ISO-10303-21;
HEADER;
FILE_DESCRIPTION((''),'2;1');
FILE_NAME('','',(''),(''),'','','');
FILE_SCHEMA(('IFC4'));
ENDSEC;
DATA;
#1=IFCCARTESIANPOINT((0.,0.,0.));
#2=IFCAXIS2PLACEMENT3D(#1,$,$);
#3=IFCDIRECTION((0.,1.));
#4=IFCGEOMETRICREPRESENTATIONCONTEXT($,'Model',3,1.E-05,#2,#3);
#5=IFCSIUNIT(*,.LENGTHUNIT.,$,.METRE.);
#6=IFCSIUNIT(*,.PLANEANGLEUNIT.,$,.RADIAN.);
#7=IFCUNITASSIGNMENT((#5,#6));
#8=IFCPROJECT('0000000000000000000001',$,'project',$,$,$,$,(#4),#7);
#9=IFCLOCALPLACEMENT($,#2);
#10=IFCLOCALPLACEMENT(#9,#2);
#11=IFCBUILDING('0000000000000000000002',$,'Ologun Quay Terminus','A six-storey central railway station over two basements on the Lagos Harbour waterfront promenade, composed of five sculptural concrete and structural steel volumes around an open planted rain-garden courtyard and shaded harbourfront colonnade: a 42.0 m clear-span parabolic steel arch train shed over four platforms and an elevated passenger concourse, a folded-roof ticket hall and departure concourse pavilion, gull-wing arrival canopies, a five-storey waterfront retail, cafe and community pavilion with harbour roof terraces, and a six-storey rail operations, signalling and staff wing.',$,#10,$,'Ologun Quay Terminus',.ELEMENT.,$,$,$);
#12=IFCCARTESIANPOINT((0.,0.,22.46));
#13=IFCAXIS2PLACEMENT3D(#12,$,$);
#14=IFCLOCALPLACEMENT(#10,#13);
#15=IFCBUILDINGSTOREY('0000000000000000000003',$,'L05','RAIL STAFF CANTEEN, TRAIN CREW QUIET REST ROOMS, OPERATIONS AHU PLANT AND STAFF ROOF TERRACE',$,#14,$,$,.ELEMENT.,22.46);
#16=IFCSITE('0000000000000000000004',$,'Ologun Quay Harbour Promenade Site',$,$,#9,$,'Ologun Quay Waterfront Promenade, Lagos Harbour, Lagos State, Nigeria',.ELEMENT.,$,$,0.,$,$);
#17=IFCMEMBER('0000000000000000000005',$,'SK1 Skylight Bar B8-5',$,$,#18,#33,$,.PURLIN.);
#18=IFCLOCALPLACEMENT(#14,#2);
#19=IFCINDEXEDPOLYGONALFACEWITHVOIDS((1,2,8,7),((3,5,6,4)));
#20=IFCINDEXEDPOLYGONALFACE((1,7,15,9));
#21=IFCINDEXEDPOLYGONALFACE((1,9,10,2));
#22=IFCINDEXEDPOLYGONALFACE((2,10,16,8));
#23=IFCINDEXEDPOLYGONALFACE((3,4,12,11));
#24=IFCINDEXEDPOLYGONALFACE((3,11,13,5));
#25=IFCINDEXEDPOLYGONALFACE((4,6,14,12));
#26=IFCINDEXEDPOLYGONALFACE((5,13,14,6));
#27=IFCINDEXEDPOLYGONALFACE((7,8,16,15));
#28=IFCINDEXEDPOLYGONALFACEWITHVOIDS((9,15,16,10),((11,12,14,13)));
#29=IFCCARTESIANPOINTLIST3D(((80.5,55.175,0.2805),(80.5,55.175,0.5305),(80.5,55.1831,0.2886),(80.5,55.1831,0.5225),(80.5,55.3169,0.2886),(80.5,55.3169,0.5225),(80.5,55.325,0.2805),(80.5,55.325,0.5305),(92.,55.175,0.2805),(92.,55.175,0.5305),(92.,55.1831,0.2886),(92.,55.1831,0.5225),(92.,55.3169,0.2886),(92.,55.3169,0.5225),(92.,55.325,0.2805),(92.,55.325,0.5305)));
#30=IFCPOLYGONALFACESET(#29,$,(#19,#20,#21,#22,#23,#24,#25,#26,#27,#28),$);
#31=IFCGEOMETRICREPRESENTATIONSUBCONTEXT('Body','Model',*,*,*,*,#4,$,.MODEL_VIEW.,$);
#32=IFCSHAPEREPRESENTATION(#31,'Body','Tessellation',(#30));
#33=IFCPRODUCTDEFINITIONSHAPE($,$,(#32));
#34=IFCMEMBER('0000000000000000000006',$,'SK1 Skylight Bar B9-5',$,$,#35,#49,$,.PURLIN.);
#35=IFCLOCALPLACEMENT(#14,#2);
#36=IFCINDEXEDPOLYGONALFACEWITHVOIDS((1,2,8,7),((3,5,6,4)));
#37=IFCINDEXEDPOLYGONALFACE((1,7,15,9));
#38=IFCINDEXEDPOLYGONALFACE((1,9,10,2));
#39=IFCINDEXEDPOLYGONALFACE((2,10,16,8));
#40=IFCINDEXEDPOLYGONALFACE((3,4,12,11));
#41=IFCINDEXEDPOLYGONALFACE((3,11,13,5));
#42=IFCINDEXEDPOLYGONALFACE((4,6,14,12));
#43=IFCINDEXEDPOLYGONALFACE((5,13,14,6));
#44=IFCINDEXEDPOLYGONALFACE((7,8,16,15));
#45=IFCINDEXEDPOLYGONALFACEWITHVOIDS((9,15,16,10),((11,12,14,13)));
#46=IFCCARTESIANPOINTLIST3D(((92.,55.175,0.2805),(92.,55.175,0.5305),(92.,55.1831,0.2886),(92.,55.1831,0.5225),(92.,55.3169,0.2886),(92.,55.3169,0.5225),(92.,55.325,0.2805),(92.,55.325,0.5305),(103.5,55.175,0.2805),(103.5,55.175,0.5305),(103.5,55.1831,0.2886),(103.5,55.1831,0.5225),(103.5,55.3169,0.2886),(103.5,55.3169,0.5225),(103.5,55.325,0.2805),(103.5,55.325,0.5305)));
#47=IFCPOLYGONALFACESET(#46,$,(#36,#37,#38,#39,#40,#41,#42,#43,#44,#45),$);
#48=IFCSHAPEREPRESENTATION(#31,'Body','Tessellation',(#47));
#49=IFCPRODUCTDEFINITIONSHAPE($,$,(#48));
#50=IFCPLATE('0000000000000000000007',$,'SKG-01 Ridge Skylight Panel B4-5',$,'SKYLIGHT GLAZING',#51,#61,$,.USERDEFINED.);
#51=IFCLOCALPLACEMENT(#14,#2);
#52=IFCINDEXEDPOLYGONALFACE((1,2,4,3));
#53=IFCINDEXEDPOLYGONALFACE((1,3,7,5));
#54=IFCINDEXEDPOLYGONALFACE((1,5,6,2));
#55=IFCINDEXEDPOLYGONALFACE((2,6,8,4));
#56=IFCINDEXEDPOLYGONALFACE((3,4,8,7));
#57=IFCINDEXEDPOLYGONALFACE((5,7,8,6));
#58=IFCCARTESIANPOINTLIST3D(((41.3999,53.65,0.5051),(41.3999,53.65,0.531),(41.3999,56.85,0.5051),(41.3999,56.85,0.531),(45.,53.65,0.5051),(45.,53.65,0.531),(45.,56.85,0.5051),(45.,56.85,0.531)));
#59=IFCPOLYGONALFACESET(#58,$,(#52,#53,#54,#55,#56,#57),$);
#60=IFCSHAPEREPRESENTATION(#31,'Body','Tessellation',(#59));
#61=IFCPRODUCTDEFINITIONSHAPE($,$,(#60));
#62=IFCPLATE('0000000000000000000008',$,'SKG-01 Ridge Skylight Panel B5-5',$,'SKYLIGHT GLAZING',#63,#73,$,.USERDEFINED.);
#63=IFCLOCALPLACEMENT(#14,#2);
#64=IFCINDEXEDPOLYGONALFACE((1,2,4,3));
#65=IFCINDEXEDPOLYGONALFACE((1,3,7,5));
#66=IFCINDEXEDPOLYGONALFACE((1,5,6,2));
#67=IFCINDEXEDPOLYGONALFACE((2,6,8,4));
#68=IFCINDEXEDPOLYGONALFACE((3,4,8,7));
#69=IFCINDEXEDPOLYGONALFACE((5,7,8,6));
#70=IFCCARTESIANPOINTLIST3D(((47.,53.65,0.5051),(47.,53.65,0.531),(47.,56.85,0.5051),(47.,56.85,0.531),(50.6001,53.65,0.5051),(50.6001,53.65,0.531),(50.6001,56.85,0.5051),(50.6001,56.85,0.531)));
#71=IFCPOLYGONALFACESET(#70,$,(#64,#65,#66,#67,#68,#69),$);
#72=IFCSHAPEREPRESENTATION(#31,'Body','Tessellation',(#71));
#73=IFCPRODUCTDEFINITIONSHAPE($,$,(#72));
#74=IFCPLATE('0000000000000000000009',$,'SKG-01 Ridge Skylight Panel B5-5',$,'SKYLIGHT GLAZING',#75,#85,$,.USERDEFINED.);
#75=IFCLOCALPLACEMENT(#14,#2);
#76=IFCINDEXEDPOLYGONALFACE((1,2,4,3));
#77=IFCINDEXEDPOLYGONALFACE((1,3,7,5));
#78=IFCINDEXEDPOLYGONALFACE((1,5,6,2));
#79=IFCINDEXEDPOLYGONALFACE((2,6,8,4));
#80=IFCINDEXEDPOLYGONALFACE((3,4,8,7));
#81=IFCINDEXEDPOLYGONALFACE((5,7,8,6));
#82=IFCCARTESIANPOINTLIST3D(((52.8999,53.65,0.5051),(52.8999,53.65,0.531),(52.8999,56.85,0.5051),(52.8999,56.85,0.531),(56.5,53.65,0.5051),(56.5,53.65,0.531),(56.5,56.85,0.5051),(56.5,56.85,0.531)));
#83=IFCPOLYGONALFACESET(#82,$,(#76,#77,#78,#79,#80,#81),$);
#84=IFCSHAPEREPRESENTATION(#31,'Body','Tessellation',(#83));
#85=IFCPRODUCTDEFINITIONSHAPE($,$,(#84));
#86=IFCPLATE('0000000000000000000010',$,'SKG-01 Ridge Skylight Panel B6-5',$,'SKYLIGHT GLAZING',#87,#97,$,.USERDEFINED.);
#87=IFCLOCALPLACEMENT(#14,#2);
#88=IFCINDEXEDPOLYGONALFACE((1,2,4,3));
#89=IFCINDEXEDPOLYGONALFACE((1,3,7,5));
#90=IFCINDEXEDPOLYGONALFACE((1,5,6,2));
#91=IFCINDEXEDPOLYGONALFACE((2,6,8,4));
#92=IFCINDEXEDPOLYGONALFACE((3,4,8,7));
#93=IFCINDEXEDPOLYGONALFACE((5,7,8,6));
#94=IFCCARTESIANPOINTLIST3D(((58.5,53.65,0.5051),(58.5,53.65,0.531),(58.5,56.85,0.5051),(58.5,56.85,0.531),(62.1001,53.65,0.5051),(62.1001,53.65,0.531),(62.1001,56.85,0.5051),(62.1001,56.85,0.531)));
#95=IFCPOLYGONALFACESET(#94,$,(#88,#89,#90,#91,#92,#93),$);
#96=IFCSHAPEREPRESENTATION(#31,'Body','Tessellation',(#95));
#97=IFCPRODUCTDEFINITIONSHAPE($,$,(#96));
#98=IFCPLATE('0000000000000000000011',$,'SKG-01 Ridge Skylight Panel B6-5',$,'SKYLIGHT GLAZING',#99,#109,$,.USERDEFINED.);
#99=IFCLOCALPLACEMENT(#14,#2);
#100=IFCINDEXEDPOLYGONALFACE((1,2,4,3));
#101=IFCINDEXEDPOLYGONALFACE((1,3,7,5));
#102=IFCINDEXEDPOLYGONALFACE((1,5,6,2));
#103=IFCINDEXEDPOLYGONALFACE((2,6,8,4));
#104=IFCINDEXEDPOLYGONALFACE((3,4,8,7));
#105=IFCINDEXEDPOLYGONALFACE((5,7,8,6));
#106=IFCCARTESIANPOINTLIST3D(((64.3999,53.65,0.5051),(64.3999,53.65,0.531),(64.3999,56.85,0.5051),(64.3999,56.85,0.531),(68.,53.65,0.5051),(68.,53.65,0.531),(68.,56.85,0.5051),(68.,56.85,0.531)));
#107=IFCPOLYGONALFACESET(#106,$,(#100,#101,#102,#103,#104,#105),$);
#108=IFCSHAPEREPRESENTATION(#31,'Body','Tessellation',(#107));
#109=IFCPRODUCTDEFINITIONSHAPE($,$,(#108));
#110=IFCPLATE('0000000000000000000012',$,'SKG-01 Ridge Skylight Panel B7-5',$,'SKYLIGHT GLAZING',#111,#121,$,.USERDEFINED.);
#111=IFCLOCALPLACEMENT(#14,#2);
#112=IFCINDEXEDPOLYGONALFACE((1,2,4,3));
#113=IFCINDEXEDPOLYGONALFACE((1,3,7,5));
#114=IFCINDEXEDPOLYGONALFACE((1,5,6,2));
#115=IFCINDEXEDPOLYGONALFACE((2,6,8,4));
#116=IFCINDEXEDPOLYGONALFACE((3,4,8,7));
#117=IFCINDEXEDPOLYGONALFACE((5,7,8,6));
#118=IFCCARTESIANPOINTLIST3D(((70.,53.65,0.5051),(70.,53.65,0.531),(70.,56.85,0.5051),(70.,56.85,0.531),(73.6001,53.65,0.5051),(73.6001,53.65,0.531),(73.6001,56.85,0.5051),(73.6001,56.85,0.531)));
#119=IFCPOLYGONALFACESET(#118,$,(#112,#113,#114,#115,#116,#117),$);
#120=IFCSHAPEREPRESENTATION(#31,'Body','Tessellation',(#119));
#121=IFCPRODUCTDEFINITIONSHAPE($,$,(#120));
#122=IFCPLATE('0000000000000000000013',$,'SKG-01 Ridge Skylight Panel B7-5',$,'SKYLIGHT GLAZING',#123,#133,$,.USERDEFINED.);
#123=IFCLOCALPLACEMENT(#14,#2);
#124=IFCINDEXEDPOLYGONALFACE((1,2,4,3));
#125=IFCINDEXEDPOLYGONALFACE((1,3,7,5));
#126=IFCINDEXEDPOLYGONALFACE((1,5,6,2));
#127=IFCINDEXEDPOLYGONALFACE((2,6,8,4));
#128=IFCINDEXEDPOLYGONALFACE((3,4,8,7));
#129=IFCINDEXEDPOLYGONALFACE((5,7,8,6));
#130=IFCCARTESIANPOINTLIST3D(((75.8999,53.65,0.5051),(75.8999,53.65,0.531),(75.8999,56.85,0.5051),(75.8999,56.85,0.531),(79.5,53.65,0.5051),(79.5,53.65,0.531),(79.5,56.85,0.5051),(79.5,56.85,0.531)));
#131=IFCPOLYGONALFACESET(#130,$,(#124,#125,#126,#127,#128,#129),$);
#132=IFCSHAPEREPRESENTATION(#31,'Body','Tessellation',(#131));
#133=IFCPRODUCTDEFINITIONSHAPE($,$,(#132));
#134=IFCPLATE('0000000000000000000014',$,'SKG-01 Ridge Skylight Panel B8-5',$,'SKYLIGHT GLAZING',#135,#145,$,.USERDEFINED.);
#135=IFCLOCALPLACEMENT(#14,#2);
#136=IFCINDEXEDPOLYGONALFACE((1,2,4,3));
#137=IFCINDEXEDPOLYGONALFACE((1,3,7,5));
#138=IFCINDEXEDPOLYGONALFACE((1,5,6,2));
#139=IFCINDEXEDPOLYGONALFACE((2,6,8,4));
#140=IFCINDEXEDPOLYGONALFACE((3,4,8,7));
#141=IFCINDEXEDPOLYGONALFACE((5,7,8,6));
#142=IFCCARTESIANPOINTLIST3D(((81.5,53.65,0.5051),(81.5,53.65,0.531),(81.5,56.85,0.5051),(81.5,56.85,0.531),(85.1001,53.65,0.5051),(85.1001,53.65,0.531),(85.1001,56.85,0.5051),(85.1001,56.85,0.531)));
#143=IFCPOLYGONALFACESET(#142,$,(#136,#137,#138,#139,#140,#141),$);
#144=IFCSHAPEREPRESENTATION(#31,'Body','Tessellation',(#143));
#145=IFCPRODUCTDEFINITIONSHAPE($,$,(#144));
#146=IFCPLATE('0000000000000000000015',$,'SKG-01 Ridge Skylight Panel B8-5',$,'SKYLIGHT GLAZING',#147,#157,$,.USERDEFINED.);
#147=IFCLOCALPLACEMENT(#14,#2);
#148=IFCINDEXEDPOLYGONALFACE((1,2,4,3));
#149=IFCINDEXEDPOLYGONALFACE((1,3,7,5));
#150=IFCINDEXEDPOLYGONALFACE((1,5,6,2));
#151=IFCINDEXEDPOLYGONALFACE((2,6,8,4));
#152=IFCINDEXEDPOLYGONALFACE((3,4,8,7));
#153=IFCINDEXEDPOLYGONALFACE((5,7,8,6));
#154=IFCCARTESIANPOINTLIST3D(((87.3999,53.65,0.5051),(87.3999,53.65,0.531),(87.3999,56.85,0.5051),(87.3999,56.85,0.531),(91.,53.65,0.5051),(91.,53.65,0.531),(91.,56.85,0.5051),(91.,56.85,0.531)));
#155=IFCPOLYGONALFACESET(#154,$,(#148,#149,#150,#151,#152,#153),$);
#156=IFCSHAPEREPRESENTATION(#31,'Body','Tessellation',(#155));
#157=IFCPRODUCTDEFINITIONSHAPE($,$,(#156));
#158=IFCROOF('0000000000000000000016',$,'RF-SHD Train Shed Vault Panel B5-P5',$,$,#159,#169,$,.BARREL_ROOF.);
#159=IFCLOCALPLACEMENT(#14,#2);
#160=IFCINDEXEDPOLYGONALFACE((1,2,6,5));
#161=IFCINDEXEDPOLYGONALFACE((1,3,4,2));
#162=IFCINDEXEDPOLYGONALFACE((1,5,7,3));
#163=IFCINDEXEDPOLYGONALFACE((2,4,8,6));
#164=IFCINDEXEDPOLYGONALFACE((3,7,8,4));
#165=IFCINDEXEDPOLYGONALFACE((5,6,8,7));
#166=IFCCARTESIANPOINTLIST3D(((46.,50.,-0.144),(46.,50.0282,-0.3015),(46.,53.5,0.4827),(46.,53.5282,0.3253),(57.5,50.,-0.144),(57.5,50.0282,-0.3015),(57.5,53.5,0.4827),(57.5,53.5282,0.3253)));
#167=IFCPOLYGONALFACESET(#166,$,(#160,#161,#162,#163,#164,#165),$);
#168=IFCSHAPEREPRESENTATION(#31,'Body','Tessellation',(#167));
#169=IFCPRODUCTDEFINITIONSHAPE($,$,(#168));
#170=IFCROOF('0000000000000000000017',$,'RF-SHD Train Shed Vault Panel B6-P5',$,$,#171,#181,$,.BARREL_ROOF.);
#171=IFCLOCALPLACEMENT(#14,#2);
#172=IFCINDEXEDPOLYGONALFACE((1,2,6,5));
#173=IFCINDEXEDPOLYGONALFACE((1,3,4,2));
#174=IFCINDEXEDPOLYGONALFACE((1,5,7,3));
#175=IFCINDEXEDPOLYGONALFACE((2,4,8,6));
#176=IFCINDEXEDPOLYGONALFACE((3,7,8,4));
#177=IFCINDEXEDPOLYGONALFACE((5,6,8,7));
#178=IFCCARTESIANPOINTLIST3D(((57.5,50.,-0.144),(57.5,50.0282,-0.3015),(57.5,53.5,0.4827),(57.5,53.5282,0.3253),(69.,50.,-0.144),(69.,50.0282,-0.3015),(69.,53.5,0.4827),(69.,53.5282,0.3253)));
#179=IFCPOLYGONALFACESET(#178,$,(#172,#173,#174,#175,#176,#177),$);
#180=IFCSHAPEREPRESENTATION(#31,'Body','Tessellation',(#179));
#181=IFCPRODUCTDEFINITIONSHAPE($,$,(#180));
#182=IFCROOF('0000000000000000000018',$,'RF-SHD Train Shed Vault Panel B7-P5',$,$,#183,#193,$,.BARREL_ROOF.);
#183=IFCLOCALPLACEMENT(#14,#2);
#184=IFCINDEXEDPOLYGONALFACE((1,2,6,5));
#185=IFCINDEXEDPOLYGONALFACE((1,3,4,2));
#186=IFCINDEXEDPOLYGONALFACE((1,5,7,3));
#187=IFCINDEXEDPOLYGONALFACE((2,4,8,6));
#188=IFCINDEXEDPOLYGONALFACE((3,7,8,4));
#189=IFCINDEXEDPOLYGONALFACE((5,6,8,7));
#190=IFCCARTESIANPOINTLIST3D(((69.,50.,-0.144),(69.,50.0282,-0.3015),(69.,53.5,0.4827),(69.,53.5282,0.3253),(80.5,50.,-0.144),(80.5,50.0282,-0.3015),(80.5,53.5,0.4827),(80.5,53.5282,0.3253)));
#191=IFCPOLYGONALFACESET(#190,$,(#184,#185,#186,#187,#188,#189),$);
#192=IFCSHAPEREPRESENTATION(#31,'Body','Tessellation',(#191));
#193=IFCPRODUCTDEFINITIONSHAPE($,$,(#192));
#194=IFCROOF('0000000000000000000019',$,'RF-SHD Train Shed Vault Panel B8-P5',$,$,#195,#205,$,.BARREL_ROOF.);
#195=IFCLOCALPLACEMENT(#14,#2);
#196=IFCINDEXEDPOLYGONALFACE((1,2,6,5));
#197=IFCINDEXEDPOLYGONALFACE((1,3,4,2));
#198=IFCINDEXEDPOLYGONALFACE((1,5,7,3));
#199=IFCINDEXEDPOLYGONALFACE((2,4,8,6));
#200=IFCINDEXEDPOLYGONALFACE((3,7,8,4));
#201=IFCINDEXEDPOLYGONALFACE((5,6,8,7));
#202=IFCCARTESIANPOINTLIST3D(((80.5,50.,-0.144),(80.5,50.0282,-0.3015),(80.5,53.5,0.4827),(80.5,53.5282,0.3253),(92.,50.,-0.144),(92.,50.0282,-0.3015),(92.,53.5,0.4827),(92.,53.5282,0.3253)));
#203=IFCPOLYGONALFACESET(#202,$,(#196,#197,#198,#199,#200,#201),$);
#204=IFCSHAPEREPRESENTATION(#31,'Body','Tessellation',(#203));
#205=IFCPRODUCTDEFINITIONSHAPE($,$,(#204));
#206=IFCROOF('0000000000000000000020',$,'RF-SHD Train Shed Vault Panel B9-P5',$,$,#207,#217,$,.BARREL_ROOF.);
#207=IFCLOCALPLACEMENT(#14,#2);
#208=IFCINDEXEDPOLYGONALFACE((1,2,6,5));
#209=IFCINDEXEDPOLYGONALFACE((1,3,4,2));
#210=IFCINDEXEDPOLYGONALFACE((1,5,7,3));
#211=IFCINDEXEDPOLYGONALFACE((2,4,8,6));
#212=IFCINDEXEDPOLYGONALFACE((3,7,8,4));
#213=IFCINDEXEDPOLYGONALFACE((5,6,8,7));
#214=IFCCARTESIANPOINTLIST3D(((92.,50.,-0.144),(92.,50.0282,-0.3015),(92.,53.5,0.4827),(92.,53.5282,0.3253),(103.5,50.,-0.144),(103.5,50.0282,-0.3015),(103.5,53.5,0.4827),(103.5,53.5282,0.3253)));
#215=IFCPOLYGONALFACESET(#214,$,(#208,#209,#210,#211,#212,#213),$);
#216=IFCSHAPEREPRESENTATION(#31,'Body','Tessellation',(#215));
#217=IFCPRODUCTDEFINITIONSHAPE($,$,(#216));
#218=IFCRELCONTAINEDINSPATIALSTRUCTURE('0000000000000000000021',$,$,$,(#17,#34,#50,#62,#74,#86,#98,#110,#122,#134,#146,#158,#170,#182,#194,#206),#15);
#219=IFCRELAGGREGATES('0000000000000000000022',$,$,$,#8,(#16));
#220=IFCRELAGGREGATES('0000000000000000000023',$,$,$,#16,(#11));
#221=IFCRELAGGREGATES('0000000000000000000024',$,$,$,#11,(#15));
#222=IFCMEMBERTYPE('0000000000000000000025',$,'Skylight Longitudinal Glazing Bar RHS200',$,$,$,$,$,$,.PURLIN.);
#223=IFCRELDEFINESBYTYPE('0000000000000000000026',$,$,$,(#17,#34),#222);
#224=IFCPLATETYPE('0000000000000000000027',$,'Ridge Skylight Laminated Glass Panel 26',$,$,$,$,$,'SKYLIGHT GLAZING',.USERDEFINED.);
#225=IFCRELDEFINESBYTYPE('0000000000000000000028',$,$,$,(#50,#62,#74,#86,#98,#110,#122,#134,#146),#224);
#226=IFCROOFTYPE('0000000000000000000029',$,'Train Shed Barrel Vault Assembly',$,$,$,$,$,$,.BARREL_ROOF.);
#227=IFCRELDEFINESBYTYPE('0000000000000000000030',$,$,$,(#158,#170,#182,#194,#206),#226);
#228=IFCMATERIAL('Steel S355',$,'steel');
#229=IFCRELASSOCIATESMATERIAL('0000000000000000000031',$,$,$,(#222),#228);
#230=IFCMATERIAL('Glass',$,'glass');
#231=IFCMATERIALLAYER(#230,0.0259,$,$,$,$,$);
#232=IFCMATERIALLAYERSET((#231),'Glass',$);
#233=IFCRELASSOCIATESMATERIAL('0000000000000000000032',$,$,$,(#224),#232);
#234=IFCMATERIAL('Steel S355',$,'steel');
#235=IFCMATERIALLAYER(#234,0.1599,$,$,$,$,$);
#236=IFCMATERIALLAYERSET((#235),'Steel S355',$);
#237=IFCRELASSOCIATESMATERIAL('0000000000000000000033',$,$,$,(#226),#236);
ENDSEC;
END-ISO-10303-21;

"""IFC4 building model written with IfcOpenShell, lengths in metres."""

from ifc_helpers import new_model, si_unit, direction, frame, origin, origin_2d, place, context, subcontext, project, spatial, polyline, rectangle, hollow_rectangle, outline, extrude, material, layer, layer_set, material_profile, profile_set, type_object, element, save


model = new_model("IFC4")

# Units and contexts
model_context = context("Model", 3, precision=1e-05, world=origin(), true_north=direction((0.0, 1.0)))
body_context = subcontext(model_context, "Body", "Model", "MODEL_VIEW")
ifc_project = project(units=[si_unit("LENGTHUNIT", "METRE"), si_unit("PLANEANGLEUNIT", "RADIAN")], contexts=[model_context])

# Site, building, storey
site_placement = place(None, origin())
site = spatial("IfcSite", under=ifc_project, at=site_placement, Name="Ologun Quay Harbour Promenade Site", LongName="Ologun Quay Waterfront Promenade, Lagos Harbour, Lagos State, Nigeria", CompositionType="ELEMENT", RefElevation=0.0)
building_placement = place(site_placement, origin())
building = spatial("IfcBuilding", under=site, at=building_placement, Name="Ologun Quay Terminus", Description="A six-storey central railway station over two basements on the Lagos Harbour waterfront promenade, composed of five sculptural concrete and structural steel volumes around an open planted rain-garden courtyard and shaded harbourfront colonnade: a 42.0 m clear-span parabolic steel arch train shed over four platforms and an elevated passenger concourse, a folded-roof ticket hall and departure concourse pavilion, gull-wing arrival canopies, a five-storey waterfront retail, cafe and community pavilion with harbour roof terraces, and a six-storey rail operations, signalling and staff wing.", LongName="Ologun Quay Terminus", CompositionType="ELEMENT")
storey_placement = place(building_placement, frame((0.0, 0.0, 22.46)))
storey = spatial("IfcBuildingStorey", under=building, at=storey_placement, Name="L05", Description="RAIL STAFF CANTEEN, TRAIN CREW QUIET REST ROOMS, OPERATIONS AHU PLANT AND STAFF ROOF TERRACE", CompositionType="ELEMENT", Elevation=22.46)

# Members
ifc_material_1 = material(Name="Steel S355", Category="steel")
ifc_material_profile_1 = material_profile(ifc_material_1, hollow_rectangle(XDim=0.1499, YDim=0.25, WallThickness=0.0081, at=origin_2d()), Name="RHS 250x150x8")
ifc_profile_set_1 = profile_set([ifc_material_profile_1], Name="Steel S355")
member_type_1 = type_object("IfcMemberType", Name="Skylight Longitudinal Glazing Bar RHS200", PredefinedType="PURLIN", material=ifc_profile_set_1)
for number, where, z_axis, x_axis, name in (
    (1, (80.5, 55.25, 0.4055), (1.0, 0.0, 0.0), (0.0, 1.0, 0.0), "SK1 Skylight Bar B8-5"),
    (2, (92.0, 55.25, 0.4055), (1.0, 0.0, 0.0), (0.0, 1.0, 0.0), "SK1 Skylight Bar B9-5"),
):
    element("IfcMember", number, at=place(storey_placement, frame(where, z_axis=z_axis, x_axis=x_axis)), inside=storey, type_object=member_type_1, Name=name, PredefinedType="PURLIN", context=body_context, shape_type="SweptSolid", body=[
        extrude(hollow_rectangle(XDim=0.1499, YDim=0.25, WallThickness=0.0081, at=origin_2d()), origin(), (0.0, 0.0, 1.0), 11.5),
    ])

# Plates
ifc_material_2 = material(Name="Glass", Category="glass")
ifc_layer_1 = layer(ifc_material_2, 0.0259)
ifc_layer_set_1 = layer_set([ifc_layer_1], Name="Glass")
plate_type = type_object("IfcPlateType", Name="Ridge Skylight Laminated Glass Panel 26", ElementType="SKYLIGHT GLAZING", PredefinedType="USERDEFINED", material=ifc_layer_set_1)
for number, where, z_axis, x_axis, name in (
    (3, (43.2, 55.25, 0.5051), (0.0, 0.0, 1.0), (1.0, 0.0, 0.0), "SKG-01 Ridge Skylight Panel B4-5"),
    (4, (48.8, 55.25, 0.5051), (0.0, 0.0, 1.0), (1.0, 0.0, 0.0), "SKG-01 Ridge Skylight Panel B5-5"),
    (5, (54.7, 55.25, 0.5051), (0.0, 0.0, 1.0), (1.0, 0.0, 0.0), "SKG-01 Ridge Skylight Panel B5-5"),
    (6, (60.3, 55.25, 0.5051), (0.0, 0.0, 1.0), (1.0, 0.0, 0.0), "SKG-01 Ridge Skylight Panel B6-5"),
    (7, (66.2, 55.25, 0.5051), (0.0, 0.0, 1.0), (1.0, 0.0, 0.0), "SKG-01 Ridge Skylight Panel B6-5"),
    (8, (71.8, 55.25, 0.5051), (0.0, 0.0, 1.0), (1.0, 0.0, 0.0), "SKG-01 Ridge Skylight Panel B7-5"),
    (9, (77.7, 55.25, 0.5051), (0.0, 0.0, 1.0), (1.0, 0.0, 0.0), "SKG-01 Ridge Skylight Panel B7-5"),
    (10, (83.3, 55.25, 0.5051), (0.0, 0.0, 1.0), (1.0, 0.0, 0.0), "SKG-01 Ridge Skylight Panel B8-5"),
    (11, (89.2, 55.25, 0.5051), (0.0, 0.0, 1.0), (1.0, 0.0, 0.0), "SKG-01 Ridge Skylight Panel B8-5"),
):
    element("IfcPlate", number, at=place(storey_placement, frame(where, z_axis=z_axis, x_axis=x_axis)), inside=storey, type_object=plate_type, Name=name, ObjectType="SKYLIGHT GLAZING", PredefinedType="USERDEFINED", context=body_context, shape_type="SweptSolid", body=[
        extrude(rectangle(XDim=3.6001, YDim=3.2, at=origin_2d()), origin(), (0.0, 0.0, 1.0), 0.0259),
    ])

# Roofs
ifc_material_3 = material(Name="Steel S355", Category="steel")
ifc_layer_2 = layer(ifc_material_3, 0.1599)
ifc_layer_set_2 = layer_set([ifc_layer_2], Name="Steel S355")
roof_type = type_object("IfcRoofType", Name="Train Shed Barrel Vault Assembly", PredefinedType="BARREL_ROOF", material=ifc_layer_set_2)
for number, where, z_axis, x_axis, name in (
    (12, (46.0, 50.0, -0.144), (0.0, -0.176256, 0.984344), (1.0, 0.0, 0.0), "RF-SHD Train Shed Vault Panel B5-P5"),
    (13, (57.5, 50.0, -0.144), (0.0, -0.176256, 0.984344), (1.0, 0.0, 0.0), "RF-SHD Train Shed Vault Panel B6-P5"),
    (14, (69.0, 50.0, -0.144), (0.0, -0.176256, 0.984344), (1.0, 0.0, 0.0), "RF-SHD Train Shed Vault Panel B7-P5"),
    (15, (80.5, 50.0, -0.144), (0.0, -0.176256, 0.984344), (1.0, 0.0, 0.0), "RF-SHD Train Shed Vault Panel B8-P5"),
    (16, (92.0, 50.0, -0.144), (0.0, -0.176256, 0.984344), (1.0, 0.0, 0.0), "RF-SHD Train Shed Vault Panel B9-P5"),
):
    element("IfcRoof", number, at=place(storey_placement, frame(where, z_axis=z_axis, x_axis=x_axis)), inside=storey, type_object=roof_type, Name=name, PredefinedType="BARREL_ROOF", context=body_context, shape_type="SweptSolid", body=[
        extrude(outline(polyline([(0.0, 0.0), (11.5, 0.0), (11.5, 3.5557), (0.0, 3.5557), (0.0, 0.0)])), origin(), (0.0, 0.0, -1.0), 0.1599),
    ])

save(model, "model.ifc")
